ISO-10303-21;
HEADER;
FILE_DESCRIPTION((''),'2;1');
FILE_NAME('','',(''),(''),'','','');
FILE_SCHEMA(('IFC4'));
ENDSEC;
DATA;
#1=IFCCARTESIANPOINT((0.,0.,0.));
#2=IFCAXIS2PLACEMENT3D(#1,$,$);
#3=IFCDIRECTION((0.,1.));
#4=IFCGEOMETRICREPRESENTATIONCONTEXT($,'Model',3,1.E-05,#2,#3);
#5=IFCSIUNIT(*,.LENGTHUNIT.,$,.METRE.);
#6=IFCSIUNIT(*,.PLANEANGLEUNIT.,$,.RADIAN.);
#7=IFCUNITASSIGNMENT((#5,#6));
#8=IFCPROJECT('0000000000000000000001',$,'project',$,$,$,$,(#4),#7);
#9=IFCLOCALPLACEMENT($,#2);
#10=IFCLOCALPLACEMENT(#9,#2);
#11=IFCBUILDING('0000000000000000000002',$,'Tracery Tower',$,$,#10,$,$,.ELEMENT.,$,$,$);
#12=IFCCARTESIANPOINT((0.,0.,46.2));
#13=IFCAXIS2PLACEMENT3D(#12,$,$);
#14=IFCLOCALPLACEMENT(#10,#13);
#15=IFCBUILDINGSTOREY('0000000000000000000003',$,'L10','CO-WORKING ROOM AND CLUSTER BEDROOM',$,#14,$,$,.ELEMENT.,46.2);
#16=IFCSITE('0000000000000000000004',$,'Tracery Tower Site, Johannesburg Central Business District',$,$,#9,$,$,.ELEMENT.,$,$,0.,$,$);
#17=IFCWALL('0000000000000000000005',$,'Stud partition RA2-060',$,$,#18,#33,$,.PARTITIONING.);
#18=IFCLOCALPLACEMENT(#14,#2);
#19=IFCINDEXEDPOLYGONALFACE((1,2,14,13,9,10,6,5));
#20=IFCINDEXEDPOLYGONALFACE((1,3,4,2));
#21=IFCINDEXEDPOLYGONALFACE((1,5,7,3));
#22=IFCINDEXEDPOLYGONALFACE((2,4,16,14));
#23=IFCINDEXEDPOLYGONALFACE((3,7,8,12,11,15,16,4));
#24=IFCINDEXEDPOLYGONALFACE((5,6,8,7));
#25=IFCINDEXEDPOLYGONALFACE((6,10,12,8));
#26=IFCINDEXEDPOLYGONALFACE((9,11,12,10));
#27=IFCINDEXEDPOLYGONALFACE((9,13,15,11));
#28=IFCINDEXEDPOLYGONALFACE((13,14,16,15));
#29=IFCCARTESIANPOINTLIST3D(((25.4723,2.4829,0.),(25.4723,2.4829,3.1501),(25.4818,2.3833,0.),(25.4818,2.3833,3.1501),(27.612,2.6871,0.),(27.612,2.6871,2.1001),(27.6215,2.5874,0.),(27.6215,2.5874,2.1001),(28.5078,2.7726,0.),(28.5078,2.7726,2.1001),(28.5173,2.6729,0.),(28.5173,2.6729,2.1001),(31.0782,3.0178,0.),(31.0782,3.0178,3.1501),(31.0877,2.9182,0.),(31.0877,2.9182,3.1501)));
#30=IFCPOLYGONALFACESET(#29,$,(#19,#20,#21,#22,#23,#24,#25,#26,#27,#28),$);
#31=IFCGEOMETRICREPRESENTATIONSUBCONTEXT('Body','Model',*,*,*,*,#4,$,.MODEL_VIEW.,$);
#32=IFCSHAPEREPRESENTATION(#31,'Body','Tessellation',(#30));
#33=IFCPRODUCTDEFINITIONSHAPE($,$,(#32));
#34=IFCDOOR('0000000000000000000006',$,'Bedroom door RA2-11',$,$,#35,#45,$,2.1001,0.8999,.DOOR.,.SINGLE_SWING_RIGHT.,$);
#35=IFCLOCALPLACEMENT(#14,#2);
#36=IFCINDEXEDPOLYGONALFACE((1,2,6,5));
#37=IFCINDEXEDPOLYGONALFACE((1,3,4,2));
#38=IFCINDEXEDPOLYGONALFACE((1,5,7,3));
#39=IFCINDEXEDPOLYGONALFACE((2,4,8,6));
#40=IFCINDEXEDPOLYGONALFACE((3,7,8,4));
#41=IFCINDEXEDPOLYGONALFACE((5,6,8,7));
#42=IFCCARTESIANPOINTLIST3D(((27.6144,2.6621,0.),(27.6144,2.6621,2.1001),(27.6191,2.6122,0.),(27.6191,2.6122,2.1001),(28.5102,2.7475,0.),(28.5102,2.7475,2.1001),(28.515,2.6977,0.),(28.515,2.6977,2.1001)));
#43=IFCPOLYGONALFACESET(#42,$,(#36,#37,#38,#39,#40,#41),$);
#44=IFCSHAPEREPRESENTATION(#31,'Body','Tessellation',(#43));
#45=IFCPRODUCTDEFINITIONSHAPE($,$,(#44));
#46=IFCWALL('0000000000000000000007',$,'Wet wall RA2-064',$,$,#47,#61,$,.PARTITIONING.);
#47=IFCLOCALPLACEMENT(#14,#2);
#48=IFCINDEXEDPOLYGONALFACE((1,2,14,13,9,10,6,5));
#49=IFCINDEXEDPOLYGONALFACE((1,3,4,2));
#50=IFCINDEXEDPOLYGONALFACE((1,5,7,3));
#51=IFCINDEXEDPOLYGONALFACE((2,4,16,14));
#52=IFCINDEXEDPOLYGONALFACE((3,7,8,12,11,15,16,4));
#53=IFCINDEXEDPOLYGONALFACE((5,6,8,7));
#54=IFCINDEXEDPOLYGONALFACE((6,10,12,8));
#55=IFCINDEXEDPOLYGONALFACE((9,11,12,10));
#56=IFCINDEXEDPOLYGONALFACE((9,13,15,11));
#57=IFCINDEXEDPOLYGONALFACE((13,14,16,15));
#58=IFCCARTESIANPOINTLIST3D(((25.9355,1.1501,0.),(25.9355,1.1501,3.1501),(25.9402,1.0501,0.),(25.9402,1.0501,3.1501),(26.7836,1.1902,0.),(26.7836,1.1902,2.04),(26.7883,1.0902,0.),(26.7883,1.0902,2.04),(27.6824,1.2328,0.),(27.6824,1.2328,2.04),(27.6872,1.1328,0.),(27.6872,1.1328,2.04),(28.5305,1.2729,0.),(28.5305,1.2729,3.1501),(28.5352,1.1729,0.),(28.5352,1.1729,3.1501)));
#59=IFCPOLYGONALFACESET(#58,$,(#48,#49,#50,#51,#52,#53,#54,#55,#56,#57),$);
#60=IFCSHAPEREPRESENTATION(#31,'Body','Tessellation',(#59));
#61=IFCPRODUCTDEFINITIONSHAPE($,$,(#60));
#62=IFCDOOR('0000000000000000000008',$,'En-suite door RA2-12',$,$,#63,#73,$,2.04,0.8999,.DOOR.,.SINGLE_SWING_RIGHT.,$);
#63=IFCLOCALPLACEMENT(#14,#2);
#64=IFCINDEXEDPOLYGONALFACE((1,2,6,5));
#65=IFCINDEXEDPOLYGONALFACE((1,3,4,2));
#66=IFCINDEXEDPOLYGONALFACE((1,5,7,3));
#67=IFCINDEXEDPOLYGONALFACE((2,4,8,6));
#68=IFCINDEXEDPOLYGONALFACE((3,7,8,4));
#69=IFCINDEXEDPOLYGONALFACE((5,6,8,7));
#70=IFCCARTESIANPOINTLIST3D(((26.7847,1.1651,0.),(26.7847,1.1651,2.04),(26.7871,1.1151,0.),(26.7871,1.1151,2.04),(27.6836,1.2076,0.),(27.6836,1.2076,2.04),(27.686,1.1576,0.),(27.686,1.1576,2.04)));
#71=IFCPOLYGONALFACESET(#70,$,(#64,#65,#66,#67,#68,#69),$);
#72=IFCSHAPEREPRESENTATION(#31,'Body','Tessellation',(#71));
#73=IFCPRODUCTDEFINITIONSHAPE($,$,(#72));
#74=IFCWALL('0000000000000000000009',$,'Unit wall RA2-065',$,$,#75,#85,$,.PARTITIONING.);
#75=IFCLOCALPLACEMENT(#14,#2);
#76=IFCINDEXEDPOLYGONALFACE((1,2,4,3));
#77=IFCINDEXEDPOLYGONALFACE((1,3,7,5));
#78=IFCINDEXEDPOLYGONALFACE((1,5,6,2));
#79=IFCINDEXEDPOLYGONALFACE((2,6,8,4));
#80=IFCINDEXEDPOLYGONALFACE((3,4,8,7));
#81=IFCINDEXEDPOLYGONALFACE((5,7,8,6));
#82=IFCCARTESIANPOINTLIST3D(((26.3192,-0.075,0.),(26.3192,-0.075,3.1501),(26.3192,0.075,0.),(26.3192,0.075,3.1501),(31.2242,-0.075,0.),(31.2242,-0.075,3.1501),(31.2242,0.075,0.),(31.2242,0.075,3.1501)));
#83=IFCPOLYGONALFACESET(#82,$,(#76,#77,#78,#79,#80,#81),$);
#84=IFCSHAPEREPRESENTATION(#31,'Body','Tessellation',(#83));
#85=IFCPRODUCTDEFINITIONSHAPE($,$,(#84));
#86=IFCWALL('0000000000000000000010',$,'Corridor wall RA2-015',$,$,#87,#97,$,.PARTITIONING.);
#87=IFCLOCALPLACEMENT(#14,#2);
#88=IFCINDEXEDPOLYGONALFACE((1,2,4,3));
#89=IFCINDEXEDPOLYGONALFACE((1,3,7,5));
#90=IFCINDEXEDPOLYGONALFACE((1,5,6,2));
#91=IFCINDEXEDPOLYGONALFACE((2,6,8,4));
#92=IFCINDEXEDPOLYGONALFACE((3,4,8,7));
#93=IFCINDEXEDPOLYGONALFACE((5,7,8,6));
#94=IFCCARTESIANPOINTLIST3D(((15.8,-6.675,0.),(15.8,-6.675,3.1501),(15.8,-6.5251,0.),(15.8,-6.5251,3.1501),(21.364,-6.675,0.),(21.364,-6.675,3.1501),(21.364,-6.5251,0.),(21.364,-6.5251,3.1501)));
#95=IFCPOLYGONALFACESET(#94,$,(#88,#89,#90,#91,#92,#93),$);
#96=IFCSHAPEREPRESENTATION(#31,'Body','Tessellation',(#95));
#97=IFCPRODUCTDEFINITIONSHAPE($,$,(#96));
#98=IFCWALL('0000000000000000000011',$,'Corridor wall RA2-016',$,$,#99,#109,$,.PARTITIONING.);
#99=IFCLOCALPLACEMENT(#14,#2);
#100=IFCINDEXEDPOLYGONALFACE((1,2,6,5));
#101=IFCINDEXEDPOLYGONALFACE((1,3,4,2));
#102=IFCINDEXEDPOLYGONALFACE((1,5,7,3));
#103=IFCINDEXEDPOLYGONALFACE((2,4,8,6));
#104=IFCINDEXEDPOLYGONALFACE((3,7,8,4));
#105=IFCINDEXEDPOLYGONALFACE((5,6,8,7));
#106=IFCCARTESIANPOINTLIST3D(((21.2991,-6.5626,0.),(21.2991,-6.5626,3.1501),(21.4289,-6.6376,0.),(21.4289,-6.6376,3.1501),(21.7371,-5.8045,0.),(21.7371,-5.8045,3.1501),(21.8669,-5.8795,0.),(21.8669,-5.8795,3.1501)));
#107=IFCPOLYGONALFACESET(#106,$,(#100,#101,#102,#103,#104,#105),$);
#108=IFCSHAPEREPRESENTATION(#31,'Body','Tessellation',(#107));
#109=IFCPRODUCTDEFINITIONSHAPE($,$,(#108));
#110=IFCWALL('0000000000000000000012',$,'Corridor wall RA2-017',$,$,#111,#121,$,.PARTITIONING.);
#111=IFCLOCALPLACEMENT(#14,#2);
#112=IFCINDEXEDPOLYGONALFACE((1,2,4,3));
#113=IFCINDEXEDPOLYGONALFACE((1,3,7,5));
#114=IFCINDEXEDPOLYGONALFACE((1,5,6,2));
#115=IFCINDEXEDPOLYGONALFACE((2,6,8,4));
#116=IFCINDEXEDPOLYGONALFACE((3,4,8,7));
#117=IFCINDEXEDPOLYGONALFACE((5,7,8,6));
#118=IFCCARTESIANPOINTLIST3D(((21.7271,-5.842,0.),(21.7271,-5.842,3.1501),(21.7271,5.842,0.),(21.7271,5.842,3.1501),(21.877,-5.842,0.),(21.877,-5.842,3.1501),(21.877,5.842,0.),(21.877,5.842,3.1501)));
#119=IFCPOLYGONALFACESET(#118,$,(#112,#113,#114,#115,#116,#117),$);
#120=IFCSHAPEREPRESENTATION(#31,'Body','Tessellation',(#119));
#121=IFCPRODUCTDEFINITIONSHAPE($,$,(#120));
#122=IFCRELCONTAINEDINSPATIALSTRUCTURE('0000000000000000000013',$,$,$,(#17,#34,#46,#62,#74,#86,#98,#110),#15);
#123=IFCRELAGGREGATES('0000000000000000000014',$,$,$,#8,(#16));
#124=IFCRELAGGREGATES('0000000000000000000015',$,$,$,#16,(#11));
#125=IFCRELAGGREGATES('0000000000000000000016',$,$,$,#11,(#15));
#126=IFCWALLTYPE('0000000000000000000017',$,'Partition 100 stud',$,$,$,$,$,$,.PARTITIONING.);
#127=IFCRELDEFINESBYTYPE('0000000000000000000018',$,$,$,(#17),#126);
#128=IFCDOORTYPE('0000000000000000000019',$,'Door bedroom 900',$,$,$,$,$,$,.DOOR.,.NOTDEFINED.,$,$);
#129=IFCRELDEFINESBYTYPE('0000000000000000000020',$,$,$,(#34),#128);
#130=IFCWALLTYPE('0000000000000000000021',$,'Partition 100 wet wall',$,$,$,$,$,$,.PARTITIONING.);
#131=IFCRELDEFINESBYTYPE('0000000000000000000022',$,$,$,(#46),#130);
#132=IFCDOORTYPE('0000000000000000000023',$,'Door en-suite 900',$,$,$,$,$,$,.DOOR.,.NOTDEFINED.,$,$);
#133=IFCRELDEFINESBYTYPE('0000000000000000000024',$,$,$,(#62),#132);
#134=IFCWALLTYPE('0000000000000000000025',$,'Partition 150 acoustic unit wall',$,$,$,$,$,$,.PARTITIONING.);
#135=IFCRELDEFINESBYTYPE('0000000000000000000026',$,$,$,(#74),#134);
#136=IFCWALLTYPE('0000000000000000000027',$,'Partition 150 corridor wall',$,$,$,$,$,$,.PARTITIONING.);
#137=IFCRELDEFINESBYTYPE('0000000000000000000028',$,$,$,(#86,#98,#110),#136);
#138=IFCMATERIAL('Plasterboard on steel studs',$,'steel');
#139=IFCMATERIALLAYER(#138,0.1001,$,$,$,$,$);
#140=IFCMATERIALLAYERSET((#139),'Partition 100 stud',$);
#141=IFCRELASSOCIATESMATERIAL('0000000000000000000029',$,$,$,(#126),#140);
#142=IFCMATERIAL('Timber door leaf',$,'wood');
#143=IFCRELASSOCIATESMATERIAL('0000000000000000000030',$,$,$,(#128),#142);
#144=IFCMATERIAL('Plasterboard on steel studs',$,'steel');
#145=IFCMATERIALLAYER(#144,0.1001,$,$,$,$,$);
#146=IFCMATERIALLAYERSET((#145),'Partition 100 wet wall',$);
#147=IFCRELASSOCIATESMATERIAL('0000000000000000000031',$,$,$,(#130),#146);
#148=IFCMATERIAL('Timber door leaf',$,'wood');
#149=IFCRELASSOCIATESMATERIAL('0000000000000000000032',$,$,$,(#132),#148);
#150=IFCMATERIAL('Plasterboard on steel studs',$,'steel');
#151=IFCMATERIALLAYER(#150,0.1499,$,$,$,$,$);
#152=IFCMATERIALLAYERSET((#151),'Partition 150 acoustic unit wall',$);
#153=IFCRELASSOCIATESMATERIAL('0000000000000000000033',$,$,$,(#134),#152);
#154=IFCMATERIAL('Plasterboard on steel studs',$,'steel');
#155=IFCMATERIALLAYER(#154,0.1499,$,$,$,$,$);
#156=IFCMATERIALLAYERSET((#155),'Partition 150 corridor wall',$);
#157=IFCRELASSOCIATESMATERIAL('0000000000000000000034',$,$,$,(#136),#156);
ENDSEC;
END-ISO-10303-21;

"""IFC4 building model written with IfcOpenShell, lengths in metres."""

from ifc_helpers import new_model, si_unit, direction, frame, frame_2d, origin, place, context, subcontext, project, spatial, rectangle, extrude, material, layer, layer_set, type_object, element, fill, save


model = new_model("IFC4")

# Units and contexts
model_context = context("Model", 3, precision=1e-05, world=origin(), true_north=direction((0.0, 1.0)))
body_context = subcontext(model_context, "Body", "Model", "MODEL_VIEW")
ifc_project = project(units=[si_unit("LENGTHUNIT", "METRE"), si_unit("PLANEANGLEUNIT", "RADIAN")], contexts=[model_context])

# Site, building, storey
site_placement = place(None, origin())
site = spatial("IfcSite", under=ifc_project, at=site_placement, Name="Tracery Tower Site, Johannesburg Central Business District", CompositionType="ELEMENT", RefElevation=0.0)
building_placement = place(site_placement, origin())
building = spatial("IfcBuilding", under=site, at=building_placement, Name="Tracery Tower", CompositionType="ELEMENT")
storey_placement = place(building_placement, frame((0.0, 0.0, 46.2)))
storey = spatial("IfcBuildingStorey", under=building, at=storey_placement, Name="L10", Description="CO-WORKING ROOM AND CLUSTER BEDROOM", CompositionType="ELEMENT", Elevation=46.2)

# Walls, openings, doors
ifc_material_1 = material(Name="Plasterboard on steel studs", Category="steel")
ifc_layer_1 = layer(ifc_material_1, 0.1001)
ifc_layer_set_1 = layer_set([ifc_layer_1], Name="Partition 100 stud")
wall_type_1 = type_object("IfcWallType", Name="Partition 100 stud", PredefinedType="PARTITIONING", material=ifc_layer_set_1)
wall_1_placement = place(storey_placement, frame((25.4771, 2.4331, 0.0), z_axis=(0.0, 0.0, 1.0), x_axis=(0.995479, 0.094987, 0.0)))
wall_1 = element("IfcWall", 1, at=wall_1_placement, inside=storey, type_object=wall_type_1, Name="Stud partition RA2-060", PredefinedType="PARTITIONING", context=body_context, shape_type="SweptSolid", body=[
    extrude(rectangle(XDim=5.6313, YDim=0.1001, at=frame_2d((2.8157, 0.0))), origin(), (0.0, 0.0, 1.0), 3.1501),
])
opening_1_placement = place(wall_1_placement, frame((2.1494, 0.0, 0.0)))
opening_1 = element("IfcOpeningElement", 2, at=opening_1_placement, cuts=wall_1, PredefinedType="OPENING", context=body_context, shape_type="SweptSolid", body=[
    extrude(rectangle(XDim=0.8999, YDim=2.1001, at=frame_2d((0.45, 1.05))), frame((0.0, 0.05, 0.0), z_axis=(0.0, -1.0, 0.0), x_axis=(1.0, 0.0, 0.0)), (0.0, 0.0, 1.0), 0.1001),
])
ifc_material_2 = material(Name="Timber door leaf", Category="wood")
door_type_1 = type_object("IfcDoorType", Name="Door bedroom 900", OperationType="NOTDEFINED", PredefinedType="DOOR", material=ifc_material_2)
door_1_placement = place(opening_1_placement, origin())
door_1 = element("IfcDoor", 3, at=door_1_placement, inside=storey, type_object=door_type_1, Name="Bedroom door RA2-11", OperationType="SINGLE_SWING_RIGHT", OverallHeight=2.1001, OverallWidth=0.8999, PredefinedType="DOOR", context=body_context, shape_type="SweptSolid", body=[
    extrude(rectangle(XDim=0.8999, YDim=2.1001, at=frame_2d((0.45, 1.05))), frame((0.0, 0.0249, 0.0), z_axis=(0.0, -1.0, 0.0), x_axis=(1.0, 0.0, 0.0)), (0.0, 0.0, 1.0), 0.05),
])
fill(opening_1, door_1)
ifc_material_3 = material(Name="Plasterboard on steel studs", Category="steel")
ifc_layer_2 = layer(ifc_material_3, 0.1001)
ifc_layer_set_2 = layer_set([ifc_layer_2], Name="Partition 100 wet wall")
wall_type_2 = type_object("IfcWallType", Name="Partition 100 wet wall", PredefinedType="PARTITIONING", material=ifc_layer_set_2)
wall_2_placement = place(storey_placement, frame((25.938, 1.1001, 0.0), z_axis=(0.0, 0.0, 1.0), x_axis=(0.998882, 0.04727, 0.0)))
wall_2 = element("IfcWall", 4, at=wall_2_placement, inside=storey, type_object=wall_type_2, Name="Wet wall RA2-064", PredefinedType="PARTITIONING", context=body_context, shape_type="SweptSolid", body=[
    extrude(rectangle(XDim=2.5979, YDim=0.1001, at=frame_2d((1.2988, 0.0))), origin(), (0.0, 0.0, 1.0), 3.1501),
])
opening_2_placement = place(wall_2_placement, frame((0.8489, 0.0, 0.0)))
opening_2 = element("IfcOpeningElement", 5, at=opening_2_placement, cuts=wall_2, PredefinedType="OPENING", context=body_context, shape_type="SweptSolid", body=[
    extrude(rectangle(XDim=0.8999, YDim=2.04, at=frame_2d((0.45, 1.02))), frame((0.0, 0.05, 0.0), z_axis=(0.0, -1.0, 0.0), x_axis=(1.0, 0.0, 0.0)), (0.0, 0.0, 1.0), 0.1001),
])
ifc_material_4 = material(Name="Timber door leaf", Category="wood")
door_type_2 = type_object("IfcDoorType", Name="Door en-suite 900", OperationType="NOTDEFINED", PredefinedType="DOOR", material=ifc_material_4)
door_2_placement = place(opening_2_placement, origin())
door_2 = element("IfcDoor", 6, at=door_2_placement, inside=storey, type_object=door_type_2, Name="En-suite door RA2-12", OperationType="SINGLE_SWING_RIGHT", OverallHeight=2.04, OverallWidth=0.8999, PredefinedType="DOOR", context=body_context, shape_type="SweptSolid", body=[
    extrude(rectangle(XDim=0.8999, YDim=2.04, at=frame_2d((0.45, 1.02))), frame((0.0, 0.0249, 0.0), z_axis=(0.0, -1.0, 0.0), x_axis=(1.0, 0.0, 0.0)), (0.0, 0.0, 1.0), 0.05),
])
fill(opening_2, door_2)

# Walls
ifc_material_5 = material(Name="Plasterboard on steel studs", Category="steel")
ifc_layer_3 = layer(ifc_material_5, 0.1499)
ifc_layer_set_3 = layer_set([ifc_layer_3], Name="Partition 150 acoustic unit wall")
wall_type_3 = type_object("IfcWallType", Name="Partition 150 acoustic unit wall", PredefinedType="PARTITIONING", material=ifc_layer_set_3)
wall_3_placement = place(storey_placement, frame((26.3191, 0.0, 0.0), z_axis=(0.0, 0.0, 1.0), x_axis=(1.0, 0.0, 0.0)))
element("IfcWall", 7, at=wall_3_placement, inside=storey, type_object=wall_type_3, Name="Unit wall RA2-065", PredefinedType="PARTITIONING", context=body_context, shape_type="SweptSolid", body=[
    extrude(rectangle(XDim=4.905, YDim=0.1499, at=frame_2d((2.4526, 0.0))), origin(), (0.0, 0.0, 1.0), 3.1501),
])
ifc_material_6 = material(Name="Plasterboard on steel studs", Category="steel")
ifc_layer_4 = layer(ifc_material_6, 0.1499)
ifc_layer_set_4 = layer_set([ifc_layer_4], Name="Partition 150 corridor wall")
wall_type_4 = type_object("IfcWallType", Name="Partition 150 corridor wall", PredefinedType="PARTITIONING", material=ifc_layer_set_4)
wall_4_placement = place(storey_placement, frame((15.8, -6.6001, 0.0), z_axis=(0.0, 0.0, 1.0), x_axis=(1.0, 0.0, 0.0)))
element("IfcWall", 8, at=wall_4_placement, inside=storey, type_object=wall_type_4, Name="Corridor wall RA2-015", PredefinedType="PARTITIONING", context=body_context, shape_type="SweptSolid", body=[
    extrude(rectangle(XDim=5.564, YDim=0.1499, at=frame_2d((2.782, 0.0))), origin(), (0.0, 0.0, 1.0), 3.1501),
])
wall_5_placement = place(storey_placement, frame((21.364, -6.6001, 0.0), z_axis=(0.0, 0.0, 1.0), x_axis=(0.500278, 0.865865, 0.0)))
element("IfcWall", 9, at=wall_5_placement, inside=storey, type_object=wall_type_4, Name="Corridor wall RA2-016", PredefinedType="PARTITIONING", context=body_context, shape_type="SweptSolid", body=[
    extrude(rectangle(XDim=0.8755, YDim=0.1499, at=frame_2d((0.4377, 0.0))), origin(), (0.0, 0.0, 1.0), 3.1501),
])
wall_6_placement = place(storey_placement, frame((21.802, -5.842, 0.0), z_axis=(0.0, 0.0, 1.0), x_axis=(0.0, 1.0, 0.0)))
element("IfcWall", 10, at=wall_6_placement, inside=storey, type_object=wall_type_4, Name="Corridor wall RA2-017", PredefinedType="PARTITIONING", context=body_context, shape_type="SweptSolid", body=[
    extrude(rectangle(XDim=11.6841, YDim=0.1499, at=frame_2d((5.842, 0.0))), origin(), (0.0, 0.0, 1.0), 3.1501),
])

save(model, "model.ifc")
